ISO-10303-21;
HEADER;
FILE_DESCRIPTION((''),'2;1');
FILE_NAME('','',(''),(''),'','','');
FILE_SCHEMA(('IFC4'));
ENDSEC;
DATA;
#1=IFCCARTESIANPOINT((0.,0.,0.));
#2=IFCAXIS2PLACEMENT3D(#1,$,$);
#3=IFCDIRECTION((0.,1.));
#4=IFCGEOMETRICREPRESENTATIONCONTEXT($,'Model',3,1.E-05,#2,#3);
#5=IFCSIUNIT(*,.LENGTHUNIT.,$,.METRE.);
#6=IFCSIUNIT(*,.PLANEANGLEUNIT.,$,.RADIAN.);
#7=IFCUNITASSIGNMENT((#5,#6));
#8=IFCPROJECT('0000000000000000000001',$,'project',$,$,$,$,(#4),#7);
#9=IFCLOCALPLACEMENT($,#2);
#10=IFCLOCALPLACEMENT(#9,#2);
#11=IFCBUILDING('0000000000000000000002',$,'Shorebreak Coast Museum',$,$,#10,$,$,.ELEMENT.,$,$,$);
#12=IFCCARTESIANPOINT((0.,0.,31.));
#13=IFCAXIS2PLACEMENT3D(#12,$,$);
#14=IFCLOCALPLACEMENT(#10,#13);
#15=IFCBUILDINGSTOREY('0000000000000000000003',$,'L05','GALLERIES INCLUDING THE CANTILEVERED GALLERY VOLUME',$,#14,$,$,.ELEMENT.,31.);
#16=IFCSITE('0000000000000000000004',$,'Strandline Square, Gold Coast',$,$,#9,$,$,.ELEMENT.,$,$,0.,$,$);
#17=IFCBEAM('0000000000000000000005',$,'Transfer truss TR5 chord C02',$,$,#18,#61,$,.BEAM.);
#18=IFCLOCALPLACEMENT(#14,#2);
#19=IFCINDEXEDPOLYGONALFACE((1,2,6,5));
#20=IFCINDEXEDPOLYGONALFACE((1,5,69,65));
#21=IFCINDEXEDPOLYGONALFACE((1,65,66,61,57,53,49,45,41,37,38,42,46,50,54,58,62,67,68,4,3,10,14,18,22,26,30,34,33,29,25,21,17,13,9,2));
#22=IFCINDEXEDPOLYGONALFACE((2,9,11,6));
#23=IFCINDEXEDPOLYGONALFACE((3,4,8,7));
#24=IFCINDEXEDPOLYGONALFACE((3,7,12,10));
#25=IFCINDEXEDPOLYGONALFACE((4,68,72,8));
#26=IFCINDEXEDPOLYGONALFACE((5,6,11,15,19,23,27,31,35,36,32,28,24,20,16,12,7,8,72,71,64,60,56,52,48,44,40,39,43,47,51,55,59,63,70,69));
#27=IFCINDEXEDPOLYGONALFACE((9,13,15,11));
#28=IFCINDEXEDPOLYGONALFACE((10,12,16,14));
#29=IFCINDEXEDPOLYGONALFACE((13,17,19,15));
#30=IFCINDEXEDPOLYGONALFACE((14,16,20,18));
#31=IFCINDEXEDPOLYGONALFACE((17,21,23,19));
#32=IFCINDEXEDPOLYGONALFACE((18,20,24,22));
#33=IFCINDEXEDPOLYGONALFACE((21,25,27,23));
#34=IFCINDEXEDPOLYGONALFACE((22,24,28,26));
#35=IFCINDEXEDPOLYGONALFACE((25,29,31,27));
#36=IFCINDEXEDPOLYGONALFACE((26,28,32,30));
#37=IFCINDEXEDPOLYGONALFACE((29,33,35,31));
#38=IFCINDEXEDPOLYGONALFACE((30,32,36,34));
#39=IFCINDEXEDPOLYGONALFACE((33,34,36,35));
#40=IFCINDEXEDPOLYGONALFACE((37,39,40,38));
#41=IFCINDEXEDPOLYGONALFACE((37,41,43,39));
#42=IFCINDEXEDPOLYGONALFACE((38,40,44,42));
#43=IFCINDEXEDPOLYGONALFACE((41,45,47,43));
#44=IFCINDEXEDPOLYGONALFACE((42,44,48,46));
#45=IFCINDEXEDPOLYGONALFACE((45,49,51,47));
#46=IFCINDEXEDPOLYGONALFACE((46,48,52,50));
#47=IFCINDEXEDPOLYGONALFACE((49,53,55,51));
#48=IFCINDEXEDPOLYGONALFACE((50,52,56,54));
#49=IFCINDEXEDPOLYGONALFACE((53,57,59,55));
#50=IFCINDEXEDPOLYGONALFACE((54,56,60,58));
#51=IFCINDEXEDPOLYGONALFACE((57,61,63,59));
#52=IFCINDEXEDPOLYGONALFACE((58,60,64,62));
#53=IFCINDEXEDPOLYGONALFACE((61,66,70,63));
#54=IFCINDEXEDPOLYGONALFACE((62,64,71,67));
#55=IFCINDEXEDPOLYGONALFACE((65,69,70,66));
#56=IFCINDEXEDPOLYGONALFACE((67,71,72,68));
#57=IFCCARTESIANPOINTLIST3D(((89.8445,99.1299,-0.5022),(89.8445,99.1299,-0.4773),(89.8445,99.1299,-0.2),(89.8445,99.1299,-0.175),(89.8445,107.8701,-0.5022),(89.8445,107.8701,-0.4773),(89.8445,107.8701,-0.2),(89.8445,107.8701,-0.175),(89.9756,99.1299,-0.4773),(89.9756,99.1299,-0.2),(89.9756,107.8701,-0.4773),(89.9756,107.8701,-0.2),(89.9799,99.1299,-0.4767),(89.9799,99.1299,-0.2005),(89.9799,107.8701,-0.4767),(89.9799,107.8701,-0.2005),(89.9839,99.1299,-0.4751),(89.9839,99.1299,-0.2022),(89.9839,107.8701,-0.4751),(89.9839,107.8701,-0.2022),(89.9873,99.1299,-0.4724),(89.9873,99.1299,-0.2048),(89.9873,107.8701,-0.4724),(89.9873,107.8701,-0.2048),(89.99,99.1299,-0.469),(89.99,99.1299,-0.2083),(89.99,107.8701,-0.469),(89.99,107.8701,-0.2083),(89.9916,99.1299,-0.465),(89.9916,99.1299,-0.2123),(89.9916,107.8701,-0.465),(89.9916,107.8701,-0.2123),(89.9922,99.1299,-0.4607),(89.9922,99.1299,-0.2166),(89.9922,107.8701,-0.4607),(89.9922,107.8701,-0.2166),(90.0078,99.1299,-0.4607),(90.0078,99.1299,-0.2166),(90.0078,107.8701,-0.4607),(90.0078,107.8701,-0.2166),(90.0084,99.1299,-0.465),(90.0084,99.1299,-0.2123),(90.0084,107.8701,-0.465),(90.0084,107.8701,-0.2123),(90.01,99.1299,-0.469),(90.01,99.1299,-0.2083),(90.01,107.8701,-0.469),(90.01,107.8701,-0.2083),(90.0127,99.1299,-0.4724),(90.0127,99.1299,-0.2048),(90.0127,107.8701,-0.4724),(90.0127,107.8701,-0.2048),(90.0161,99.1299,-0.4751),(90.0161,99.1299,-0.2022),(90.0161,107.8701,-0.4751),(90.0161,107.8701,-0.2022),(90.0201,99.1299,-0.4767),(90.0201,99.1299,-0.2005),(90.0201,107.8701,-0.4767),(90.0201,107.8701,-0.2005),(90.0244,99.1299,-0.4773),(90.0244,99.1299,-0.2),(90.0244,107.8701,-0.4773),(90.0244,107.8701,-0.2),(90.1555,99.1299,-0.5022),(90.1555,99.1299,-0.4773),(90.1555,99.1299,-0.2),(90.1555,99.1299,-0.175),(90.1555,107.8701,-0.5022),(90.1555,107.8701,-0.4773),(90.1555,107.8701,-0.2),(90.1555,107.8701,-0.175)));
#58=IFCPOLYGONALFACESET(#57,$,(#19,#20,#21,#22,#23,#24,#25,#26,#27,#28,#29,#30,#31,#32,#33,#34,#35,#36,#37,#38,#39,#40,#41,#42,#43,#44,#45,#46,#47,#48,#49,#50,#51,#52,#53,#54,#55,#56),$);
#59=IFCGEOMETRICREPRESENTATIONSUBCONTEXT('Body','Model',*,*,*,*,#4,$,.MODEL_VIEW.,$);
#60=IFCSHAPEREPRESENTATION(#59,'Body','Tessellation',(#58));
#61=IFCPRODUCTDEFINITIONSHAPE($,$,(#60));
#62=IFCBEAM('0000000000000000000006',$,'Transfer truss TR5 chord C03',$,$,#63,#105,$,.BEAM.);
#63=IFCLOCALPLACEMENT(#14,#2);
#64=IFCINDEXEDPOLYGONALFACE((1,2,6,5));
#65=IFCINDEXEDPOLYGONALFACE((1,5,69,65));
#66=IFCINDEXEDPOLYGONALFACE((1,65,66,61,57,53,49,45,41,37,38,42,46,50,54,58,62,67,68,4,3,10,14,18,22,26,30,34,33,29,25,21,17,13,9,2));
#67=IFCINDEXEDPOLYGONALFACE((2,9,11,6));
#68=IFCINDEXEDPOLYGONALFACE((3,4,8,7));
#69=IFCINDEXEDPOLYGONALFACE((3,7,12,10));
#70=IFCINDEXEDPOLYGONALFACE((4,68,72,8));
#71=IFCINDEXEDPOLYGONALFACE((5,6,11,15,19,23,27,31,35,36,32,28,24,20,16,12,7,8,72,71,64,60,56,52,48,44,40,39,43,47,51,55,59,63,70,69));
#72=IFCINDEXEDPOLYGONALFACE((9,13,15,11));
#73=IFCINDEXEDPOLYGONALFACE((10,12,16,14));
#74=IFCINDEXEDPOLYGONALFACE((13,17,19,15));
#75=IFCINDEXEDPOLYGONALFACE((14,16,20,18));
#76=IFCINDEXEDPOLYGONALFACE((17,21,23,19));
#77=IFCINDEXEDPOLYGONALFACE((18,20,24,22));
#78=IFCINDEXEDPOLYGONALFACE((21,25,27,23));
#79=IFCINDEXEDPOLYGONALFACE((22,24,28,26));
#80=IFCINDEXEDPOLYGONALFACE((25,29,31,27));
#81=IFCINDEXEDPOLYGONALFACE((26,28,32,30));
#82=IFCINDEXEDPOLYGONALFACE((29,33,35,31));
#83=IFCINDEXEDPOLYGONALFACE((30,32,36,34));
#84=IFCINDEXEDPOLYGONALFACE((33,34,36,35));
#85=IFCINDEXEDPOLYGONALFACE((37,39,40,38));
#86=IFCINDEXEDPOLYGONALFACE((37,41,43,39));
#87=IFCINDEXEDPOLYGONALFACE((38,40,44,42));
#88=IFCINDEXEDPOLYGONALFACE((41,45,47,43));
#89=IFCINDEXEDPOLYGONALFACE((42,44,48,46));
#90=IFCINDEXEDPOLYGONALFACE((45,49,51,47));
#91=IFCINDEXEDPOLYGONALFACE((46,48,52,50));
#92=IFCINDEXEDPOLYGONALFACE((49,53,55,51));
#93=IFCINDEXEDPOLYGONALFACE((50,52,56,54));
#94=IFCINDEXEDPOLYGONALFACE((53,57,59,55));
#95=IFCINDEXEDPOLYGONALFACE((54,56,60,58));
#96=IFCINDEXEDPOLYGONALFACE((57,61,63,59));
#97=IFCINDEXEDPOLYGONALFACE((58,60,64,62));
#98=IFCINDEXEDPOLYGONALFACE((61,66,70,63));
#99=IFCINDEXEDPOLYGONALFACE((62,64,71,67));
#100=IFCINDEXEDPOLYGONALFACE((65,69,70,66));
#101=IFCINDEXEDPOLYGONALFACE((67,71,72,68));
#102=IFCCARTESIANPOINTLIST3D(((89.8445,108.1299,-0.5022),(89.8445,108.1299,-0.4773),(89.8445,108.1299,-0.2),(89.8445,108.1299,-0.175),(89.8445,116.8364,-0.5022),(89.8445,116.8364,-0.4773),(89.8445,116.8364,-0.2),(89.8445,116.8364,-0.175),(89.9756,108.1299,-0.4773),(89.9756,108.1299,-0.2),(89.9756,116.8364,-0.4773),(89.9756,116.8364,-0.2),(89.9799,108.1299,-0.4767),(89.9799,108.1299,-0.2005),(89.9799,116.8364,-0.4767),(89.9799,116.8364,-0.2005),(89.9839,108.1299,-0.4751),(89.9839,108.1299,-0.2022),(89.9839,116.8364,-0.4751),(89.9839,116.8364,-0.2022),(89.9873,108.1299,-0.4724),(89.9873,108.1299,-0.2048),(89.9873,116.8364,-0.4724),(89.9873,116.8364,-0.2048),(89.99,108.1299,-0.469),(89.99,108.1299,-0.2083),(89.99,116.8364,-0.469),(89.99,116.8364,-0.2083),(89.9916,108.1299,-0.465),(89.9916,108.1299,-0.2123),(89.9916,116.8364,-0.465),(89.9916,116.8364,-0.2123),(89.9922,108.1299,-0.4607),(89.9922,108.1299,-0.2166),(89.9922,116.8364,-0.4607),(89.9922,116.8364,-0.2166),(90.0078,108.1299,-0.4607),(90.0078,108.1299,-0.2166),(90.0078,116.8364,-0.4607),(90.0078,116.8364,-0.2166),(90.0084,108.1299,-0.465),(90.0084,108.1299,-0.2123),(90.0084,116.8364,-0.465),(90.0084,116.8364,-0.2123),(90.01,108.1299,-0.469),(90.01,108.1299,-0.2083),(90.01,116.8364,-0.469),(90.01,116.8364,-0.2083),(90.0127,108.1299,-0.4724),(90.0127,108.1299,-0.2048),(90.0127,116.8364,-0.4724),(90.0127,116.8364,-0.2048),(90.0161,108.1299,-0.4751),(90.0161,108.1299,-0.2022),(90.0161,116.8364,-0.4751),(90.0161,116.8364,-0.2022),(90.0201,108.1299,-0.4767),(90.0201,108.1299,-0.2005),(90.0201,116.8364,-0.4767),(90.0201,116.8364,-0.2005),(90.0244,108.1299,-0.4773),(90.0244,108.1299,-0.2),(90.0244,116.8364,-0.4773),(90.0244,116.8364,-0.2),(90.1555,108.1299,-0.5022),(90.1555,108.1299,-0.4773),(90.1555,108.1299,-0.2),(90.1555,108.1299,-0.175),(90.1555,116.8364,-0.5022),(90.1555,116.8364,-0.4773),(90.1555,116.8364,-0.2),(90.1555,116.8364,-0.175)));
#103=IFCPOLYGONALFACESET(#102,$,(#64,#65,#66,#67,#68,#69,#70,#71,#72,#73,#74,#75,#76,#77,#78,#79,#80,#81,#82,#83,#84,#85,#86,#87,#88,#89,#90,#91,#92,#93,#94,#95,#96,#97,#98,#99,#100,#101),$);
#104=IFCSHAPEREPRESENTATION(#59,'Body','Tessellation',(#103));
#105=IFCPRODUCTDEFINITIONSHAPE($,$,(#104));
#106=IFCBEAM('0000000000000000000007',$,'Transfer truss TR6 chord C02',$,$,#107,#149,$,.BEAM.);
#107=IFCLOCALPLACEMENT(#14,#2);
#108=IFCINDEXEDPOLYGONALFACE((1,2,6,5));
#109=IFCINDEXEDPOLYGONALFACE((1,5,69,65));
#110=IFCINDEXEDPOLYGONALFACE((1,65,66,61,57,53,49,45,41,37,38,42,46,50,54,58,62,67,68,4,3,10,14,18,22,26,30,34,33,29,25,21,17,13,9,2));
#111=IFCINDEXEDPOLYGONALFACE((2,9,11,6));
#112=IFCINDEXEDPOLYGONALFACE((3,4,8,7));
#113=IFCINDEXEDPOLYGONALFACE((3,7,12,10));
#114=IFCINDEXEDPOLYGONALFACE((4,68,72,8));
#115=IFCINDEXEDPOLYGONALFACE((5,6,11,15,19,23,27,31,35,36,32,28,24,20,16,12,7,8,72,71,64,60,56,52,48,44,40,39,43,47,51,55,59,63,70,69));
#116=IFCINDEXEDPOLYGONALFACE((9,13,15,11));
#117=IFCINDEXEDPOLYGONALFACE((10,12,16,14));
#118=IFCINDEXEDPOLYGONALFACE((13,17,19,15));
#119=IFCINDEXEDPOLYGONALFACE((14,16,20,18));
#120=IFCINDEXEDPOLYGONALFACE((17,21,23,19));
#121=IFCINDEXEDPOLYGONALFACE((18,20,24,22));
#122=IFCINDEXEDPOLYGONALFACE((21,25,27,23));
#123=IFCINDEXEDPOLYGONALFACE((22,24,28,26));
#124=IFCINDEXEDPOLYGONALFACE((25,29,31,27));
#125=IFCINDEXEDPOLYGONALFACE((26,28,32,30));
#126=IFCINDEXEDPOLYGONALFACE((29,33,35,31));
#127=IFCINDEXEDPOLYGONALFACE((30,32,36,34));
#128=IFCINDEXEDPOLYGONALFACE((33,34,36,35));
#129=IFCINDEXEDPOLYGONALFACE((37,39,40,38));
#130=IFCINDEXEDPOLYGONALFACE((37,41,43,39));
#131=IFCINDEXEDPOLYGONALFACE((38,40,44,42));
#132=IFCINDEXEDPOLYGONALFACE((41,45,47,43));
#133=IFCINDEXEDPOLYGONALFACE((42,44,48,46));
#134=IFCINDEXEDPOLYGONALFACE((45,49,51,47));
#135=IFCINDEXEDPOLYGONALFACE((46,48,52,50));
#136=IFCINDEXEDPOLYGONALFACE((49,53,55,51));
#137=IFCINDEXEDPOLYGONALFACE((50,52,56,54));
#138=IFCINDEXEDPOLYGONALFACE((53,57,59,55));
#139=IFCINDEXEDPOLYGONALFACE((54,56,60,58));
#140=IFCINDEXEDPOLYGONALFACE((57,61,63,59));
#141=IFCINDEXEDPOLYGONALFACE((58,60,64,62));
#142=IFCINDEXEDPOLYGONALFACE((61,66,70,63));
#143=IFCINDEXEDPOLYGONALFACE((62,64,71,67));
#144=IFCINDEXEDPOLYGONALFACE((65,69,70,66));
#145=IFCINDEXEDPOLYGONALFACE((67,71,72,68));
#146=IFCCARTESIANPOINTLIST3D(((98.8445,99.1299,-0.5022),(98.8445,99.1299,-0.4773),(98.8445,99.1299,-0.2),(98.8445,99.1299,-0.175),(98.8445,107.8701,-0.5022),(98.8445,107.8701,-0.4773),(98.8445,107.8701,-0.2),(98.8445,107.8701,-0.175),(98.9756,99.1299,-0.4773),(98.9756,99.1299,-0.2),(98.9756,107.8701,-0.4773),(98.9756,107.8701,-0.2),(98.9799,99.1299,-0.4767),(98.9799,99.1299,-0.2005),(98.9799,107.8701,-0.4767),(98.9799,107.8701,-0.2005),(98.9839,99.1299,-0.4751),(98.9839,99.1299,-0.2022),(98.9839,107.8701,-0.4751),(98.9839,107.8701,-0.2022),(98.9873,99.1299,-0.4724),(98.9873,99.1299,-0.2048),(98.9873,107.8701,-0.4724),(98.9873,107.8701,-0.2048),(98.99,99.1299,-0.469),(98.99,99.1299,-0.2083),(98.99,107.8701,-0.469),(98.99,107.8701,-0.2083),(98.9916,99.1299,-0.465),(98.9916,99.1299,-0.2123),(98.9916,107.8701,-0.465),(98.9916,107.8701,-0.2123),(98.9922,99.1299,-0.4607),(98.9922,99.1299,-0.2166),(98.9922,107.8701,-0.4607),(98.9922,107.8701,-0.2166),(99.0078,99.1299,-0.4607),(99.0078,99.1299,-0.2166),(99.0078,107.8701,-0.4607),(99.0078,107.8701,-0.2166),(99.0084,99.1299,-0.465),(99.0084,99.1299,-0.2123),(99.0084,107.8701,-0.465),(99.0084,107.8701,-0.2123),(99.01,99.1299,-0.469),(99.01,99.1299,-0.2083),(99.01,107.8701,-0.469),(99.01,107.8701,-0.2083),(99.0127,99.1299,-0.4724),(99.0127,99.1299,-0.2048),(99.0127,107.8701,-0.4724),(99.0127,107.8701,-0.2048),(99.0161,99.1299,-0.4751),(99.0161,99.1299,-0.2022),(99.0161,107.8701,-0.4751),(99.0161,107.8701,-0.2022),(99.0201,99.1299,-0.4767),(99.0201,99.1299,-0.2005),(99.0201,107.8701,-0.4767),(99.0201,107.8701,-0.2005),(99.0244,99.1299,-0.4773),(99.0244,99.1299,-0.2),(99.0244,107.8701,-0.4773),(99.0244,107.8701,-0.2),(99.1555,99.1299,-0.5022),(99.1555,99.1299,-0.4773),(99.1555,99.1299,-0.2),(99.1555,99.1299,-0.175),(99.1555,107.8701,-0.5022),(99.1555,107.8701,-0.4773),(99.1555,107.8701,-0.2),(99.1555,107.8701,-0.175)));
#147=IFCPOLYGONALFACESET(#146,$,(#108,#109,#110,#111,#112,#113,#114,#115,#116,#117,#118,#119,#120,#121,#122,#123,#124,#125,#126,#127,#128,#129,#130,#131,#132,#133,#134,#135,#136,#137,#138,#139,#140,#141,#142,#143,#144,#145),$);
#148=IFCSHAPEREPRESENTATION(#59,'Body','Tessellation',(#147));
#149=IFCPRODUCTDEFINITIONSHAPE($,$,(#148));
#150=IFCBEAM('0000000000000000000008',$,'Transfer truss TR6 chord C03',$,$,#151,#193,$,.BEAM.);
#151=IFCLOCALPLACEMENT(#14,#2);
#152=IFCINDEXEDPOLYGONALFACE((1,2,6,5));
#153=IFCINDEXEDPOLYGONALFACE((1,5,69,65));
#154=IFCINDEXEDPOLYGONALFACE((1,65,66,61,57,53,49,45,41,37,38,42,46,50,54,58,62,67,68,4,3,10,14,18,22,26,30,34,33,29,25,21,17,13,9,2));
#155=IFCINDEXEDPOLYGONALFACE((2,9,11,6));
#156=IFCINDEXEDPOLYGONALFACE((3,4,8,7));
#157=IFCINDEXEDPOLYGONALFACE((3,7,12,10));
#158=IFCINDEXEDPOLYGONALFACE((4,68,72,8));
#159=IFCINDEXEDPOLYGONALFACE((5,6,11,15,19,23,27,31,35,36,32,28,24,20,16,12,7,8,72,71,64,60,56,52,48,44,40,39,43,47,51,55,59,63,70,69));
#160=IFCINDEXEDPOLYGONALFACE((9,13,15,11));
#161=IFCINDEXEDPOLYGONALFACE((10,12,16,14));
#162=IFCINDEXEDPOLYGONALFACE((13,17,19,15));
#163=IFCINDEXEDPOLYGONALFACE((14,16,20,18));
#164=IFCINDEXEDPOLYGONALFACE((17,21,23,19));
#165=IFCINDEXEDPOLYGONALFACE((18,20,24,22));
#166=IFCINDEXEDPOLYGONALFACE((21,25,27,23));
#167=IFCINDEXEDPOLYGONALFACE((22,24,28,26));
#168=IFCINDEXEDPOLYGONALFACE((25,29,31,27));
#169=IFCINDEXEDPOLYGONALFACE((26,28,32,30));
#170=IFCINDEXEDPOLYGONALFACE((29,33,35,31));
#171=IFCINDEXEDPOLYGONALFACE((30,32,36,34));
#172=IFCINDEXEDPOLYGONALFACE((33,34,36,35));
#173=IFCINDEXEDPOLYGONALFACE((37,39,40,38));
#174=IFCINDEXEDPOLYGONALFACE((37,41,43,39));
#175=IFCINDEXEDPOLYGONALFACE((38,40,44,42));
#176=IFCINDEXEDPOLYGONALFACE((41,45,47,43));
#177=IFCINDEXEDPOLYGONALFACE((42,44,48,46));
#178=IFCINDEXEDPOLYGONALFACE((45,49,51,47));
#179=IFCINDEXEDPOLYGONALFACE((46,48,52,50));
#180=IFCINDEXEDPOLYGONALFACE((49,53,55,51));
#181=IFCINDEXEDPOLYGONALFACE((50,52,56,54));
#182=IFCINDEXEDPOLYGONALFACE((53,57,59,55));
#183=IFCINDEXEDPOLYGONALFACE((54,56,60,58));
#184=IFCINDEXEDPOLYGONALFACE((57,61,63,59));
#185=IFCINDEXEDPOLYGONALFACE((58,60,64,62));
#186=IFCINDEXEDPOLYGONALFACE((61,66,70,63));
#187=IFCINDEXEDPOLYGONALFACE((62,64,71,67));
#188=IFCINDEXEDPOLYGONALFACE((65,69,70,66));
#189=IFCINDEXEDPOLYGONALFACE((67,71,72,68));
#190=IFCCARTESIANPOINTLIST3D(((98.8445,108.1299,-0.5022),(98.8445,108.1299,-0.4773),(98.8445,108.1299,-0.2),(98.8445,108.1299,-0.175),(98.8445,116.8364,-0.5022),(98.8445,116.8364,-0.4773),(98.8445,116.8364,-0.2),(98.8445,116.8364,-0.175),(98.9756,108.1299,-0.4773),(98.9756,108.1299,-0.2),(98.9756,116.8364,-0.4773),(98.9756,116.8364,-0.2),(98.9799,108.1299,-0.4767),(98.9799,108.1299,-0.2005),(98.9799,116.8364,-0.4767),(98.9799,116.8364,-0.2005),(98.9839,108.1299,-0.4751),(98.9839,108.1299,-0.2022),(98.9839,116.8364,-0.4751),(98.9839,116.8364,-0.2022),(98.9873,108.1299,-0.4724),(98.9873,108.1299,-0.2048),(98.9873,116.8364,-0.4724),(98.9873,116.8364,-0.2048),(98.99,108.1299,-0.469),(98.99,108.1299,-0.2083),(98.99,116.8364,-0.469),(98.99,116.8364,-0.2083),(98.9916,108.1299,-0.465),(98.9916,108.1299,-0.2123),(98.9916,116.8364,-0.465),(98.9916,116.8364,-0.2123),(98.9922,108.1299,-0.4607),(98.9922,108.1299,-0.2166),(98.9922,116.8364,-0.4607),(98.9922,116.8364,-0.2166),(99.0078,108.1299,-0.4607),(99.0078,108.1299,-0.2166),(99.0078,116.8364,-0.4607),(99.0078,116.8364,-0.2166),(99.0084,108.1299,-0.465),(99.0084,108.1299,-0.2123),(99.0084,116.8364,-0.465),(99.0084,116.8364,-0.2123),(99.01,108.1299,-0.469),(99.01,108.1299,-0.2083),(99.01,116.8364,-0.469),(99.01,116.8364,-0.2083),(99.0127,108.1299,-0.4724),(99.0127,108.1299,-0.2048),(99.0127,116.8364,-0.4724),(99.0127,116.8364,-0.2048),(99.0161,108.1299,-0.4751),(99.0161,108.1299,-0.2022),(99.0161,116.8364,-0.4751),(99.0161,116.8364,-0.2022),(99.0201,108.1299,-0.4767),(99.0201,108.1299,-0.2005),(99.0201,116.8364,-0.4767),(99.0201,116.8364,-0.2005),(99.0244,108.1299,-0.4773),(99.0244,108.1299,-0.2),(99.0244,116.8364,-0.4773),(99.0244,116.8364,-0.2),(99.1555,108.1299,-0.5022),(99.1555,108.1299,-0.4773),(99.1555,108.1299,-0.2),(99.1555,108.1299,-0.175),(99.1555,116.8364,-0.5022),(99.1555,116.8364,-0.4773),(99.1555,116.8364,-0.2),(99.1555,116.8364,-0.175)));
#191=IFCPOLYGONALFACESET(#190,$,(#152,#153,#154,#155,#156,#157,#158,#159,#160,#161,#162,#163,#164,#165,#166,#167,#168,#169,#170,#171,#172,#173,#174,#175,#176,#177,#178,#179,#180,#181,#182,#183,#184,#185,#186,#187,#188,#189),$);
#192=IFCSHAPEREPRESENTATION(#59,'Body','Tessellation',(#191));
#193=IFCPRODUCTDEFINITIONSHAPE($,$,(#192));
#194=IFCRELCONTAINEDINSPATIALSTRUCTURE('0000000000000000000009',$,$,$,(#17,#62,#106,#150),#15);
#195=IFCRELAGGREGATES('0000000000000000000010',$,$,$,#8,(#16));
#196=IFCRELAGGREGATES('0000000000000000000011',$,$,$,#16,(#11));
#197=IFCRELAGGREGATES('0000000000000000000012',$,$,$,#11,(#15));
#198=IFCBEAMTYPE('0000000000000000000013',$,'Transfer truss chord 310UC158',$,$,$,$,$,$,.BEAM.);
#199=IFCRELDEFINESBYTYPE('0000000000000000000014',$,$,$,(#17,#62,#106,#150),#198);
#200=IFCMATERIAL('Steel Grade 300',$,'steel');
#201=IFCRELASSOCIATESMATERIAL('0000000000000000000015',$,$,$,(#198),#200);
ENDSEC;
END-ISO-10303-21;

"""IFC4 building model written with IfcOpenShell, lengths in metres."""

from ifc_helpers import new_model, si_unit, direction, frame, origin, origin_2d, place, context, subcontext, project, spatial, i_section, extrude, material, material_profile, profile_set, type_object, element, save


model = new_model("IFC4")

# Units and contexts
model_context = context("Model", 3, precision=1e-05, world=origin(), true_north=direction((0.0, 1.0)))
body_context = subcontext(model_context, "Body", "Model", "MODEL_VIEW")
ifc_project = project(units=[si_unit("LENGTHUNIT", "METRE"), si_unit("PLANEANGLEUNIT", "RADIAN")], contexts=[model_context])

# Site, building, storey
site_placement = place(None, origin())
site = spatial("IfcSite", under=ifc_project, at=site_placement, Name="Strandline Square, Gold Coast", CompositionType="ELEMENT", RefElevation=0.0)
building_placement = place(site_placement, origin())
building = spatial("IfcBuilding", under=site, at=building_placement, Name="Shorebreak Coast Museum", CompositionType="ELEMENT")
storey_placement = place(building_placement, frame((0.0, 0.0, 31.0)))
storey = spatial("IfcBuildingStorey", under=building, at=storey_placement, Name="L05", Description="GALLERIES INCLUDING THE CANTILEVERED GALLERY VOLUME", CompositionType="ELEMENT", Elevation=31.0)

# Beams
ifc_material_1 = material(Name="Steel Grade 300", Category="steel")
ifc_material_profile_1 = material_profile(ifc_material_1, i_section(OverallWidth=0.311, OverallDepth=0.3271, WebThickness=0.0156, FlangeThickness=0.0249, FilletRadius=0.0166, at=origin_2d()), Name="310UC158")
ifc_profile_set_1 = profile_set([ifc_material_profile_1], Name="Steel Grade 300")
beam_type_1 = type_object("IfcBeamType", Name="Transfer truss chord 310UC158", PredefinedType="BEAM", material=ifc_profile_set_1)
beam_1_placement = place(storey_placement, frame((90.0, 99.1299, -0.3386), z_axis=(0.0, 1.0, 0.0), x_axis=(-1.0, 0.0, 0.0)))
element("IfcBeam", 1, at=beam_1_placement, inside=storey, type_object=beam_type_1, Name="Transfer truss TR5 chord C02", PredefinedType="BEAM", context=body_context, shape_type="SweptSolid", body=[
    extrude(i_section(OverallWidth=0.311, OverallDepth=0.3271, WebThickness=0.0156, FlangeThickness=0.0249, FilletRadius=0.0166, at=origin_2d()), origin(), (0.0, 0.0, 1.0), 8.7402),
])
beam_2_placement = place(storey_placement, frame((90.0, 108.1299, -0.3386), z_axis=(0.0, 1.0, 0.0), x_axis=(-1.0, 0.0, 0.0)))
element("IfcBeam", 2, at=beam_2_placement, inside=storey, type_object=beam_type_1, Name="Transfer truss TR5 chord C03", PredefinedType="BEAM", context=body_context, shape_type="SweptSolid", body=[
    extrude(i_section(OverallWidth=0.311, OverallDepth=0.3271, WebThickness=0.0156, FlangeThickness=0.0249, FilletRadius=0.0166, at=origin_2d()), origin(), (0.0, 0.0, 1.0), 8.7065),
])
beam_3_placement = place(storey_placement, frame((99.0, 99.1299, -0.3386), z_axis=(0.0, 1.0, 0.0), x_axis=(-1.0, 0.0, 0.0)))
element("IfcBeam", 3, at=beam_3_placement, inside=storey, type_object=beam_type_1, Name="Transfer truss TR6 chord C02", PredefinedType="BEAM", context=body_context, shape_type="SweptSolid", body=[
    extrude(i_section(OverallWidth=0.311, OverallDepth=0.3271, WebThickness=0.0156, FlangeThickness=0.0249, FilletRadius=0.0166, at=origin_2d()), origin(), (0.0, 0.0, 1.0), 8.7402),
])
beam_4_placement = place(storey_placement, frame((99.0, 108.1299, -0.3386), z_axis=(0.0, 1.0, 0.0), x_axis=(-1.0, 0.0, 0.0)))
element("IfcBeam", 4, at=beam_4_placement, inside=storey, type_object=beam_type_1, Name="Transfer truss TR6 chord C03", PredefinedType="BEAM", context=body_context, shape_type="SweptSolid", body=[
    extrude(i_section(OverallWidth=0.311, OverallDepth=0.3271, WebThickness=0.0156, FlangeThickness=0.0249, FilletRadius=0.0166, at=origin_2d()), origin(), (0.0, 0.0, 1.0), 8.7065),
])

save(model, "model.ifc")
